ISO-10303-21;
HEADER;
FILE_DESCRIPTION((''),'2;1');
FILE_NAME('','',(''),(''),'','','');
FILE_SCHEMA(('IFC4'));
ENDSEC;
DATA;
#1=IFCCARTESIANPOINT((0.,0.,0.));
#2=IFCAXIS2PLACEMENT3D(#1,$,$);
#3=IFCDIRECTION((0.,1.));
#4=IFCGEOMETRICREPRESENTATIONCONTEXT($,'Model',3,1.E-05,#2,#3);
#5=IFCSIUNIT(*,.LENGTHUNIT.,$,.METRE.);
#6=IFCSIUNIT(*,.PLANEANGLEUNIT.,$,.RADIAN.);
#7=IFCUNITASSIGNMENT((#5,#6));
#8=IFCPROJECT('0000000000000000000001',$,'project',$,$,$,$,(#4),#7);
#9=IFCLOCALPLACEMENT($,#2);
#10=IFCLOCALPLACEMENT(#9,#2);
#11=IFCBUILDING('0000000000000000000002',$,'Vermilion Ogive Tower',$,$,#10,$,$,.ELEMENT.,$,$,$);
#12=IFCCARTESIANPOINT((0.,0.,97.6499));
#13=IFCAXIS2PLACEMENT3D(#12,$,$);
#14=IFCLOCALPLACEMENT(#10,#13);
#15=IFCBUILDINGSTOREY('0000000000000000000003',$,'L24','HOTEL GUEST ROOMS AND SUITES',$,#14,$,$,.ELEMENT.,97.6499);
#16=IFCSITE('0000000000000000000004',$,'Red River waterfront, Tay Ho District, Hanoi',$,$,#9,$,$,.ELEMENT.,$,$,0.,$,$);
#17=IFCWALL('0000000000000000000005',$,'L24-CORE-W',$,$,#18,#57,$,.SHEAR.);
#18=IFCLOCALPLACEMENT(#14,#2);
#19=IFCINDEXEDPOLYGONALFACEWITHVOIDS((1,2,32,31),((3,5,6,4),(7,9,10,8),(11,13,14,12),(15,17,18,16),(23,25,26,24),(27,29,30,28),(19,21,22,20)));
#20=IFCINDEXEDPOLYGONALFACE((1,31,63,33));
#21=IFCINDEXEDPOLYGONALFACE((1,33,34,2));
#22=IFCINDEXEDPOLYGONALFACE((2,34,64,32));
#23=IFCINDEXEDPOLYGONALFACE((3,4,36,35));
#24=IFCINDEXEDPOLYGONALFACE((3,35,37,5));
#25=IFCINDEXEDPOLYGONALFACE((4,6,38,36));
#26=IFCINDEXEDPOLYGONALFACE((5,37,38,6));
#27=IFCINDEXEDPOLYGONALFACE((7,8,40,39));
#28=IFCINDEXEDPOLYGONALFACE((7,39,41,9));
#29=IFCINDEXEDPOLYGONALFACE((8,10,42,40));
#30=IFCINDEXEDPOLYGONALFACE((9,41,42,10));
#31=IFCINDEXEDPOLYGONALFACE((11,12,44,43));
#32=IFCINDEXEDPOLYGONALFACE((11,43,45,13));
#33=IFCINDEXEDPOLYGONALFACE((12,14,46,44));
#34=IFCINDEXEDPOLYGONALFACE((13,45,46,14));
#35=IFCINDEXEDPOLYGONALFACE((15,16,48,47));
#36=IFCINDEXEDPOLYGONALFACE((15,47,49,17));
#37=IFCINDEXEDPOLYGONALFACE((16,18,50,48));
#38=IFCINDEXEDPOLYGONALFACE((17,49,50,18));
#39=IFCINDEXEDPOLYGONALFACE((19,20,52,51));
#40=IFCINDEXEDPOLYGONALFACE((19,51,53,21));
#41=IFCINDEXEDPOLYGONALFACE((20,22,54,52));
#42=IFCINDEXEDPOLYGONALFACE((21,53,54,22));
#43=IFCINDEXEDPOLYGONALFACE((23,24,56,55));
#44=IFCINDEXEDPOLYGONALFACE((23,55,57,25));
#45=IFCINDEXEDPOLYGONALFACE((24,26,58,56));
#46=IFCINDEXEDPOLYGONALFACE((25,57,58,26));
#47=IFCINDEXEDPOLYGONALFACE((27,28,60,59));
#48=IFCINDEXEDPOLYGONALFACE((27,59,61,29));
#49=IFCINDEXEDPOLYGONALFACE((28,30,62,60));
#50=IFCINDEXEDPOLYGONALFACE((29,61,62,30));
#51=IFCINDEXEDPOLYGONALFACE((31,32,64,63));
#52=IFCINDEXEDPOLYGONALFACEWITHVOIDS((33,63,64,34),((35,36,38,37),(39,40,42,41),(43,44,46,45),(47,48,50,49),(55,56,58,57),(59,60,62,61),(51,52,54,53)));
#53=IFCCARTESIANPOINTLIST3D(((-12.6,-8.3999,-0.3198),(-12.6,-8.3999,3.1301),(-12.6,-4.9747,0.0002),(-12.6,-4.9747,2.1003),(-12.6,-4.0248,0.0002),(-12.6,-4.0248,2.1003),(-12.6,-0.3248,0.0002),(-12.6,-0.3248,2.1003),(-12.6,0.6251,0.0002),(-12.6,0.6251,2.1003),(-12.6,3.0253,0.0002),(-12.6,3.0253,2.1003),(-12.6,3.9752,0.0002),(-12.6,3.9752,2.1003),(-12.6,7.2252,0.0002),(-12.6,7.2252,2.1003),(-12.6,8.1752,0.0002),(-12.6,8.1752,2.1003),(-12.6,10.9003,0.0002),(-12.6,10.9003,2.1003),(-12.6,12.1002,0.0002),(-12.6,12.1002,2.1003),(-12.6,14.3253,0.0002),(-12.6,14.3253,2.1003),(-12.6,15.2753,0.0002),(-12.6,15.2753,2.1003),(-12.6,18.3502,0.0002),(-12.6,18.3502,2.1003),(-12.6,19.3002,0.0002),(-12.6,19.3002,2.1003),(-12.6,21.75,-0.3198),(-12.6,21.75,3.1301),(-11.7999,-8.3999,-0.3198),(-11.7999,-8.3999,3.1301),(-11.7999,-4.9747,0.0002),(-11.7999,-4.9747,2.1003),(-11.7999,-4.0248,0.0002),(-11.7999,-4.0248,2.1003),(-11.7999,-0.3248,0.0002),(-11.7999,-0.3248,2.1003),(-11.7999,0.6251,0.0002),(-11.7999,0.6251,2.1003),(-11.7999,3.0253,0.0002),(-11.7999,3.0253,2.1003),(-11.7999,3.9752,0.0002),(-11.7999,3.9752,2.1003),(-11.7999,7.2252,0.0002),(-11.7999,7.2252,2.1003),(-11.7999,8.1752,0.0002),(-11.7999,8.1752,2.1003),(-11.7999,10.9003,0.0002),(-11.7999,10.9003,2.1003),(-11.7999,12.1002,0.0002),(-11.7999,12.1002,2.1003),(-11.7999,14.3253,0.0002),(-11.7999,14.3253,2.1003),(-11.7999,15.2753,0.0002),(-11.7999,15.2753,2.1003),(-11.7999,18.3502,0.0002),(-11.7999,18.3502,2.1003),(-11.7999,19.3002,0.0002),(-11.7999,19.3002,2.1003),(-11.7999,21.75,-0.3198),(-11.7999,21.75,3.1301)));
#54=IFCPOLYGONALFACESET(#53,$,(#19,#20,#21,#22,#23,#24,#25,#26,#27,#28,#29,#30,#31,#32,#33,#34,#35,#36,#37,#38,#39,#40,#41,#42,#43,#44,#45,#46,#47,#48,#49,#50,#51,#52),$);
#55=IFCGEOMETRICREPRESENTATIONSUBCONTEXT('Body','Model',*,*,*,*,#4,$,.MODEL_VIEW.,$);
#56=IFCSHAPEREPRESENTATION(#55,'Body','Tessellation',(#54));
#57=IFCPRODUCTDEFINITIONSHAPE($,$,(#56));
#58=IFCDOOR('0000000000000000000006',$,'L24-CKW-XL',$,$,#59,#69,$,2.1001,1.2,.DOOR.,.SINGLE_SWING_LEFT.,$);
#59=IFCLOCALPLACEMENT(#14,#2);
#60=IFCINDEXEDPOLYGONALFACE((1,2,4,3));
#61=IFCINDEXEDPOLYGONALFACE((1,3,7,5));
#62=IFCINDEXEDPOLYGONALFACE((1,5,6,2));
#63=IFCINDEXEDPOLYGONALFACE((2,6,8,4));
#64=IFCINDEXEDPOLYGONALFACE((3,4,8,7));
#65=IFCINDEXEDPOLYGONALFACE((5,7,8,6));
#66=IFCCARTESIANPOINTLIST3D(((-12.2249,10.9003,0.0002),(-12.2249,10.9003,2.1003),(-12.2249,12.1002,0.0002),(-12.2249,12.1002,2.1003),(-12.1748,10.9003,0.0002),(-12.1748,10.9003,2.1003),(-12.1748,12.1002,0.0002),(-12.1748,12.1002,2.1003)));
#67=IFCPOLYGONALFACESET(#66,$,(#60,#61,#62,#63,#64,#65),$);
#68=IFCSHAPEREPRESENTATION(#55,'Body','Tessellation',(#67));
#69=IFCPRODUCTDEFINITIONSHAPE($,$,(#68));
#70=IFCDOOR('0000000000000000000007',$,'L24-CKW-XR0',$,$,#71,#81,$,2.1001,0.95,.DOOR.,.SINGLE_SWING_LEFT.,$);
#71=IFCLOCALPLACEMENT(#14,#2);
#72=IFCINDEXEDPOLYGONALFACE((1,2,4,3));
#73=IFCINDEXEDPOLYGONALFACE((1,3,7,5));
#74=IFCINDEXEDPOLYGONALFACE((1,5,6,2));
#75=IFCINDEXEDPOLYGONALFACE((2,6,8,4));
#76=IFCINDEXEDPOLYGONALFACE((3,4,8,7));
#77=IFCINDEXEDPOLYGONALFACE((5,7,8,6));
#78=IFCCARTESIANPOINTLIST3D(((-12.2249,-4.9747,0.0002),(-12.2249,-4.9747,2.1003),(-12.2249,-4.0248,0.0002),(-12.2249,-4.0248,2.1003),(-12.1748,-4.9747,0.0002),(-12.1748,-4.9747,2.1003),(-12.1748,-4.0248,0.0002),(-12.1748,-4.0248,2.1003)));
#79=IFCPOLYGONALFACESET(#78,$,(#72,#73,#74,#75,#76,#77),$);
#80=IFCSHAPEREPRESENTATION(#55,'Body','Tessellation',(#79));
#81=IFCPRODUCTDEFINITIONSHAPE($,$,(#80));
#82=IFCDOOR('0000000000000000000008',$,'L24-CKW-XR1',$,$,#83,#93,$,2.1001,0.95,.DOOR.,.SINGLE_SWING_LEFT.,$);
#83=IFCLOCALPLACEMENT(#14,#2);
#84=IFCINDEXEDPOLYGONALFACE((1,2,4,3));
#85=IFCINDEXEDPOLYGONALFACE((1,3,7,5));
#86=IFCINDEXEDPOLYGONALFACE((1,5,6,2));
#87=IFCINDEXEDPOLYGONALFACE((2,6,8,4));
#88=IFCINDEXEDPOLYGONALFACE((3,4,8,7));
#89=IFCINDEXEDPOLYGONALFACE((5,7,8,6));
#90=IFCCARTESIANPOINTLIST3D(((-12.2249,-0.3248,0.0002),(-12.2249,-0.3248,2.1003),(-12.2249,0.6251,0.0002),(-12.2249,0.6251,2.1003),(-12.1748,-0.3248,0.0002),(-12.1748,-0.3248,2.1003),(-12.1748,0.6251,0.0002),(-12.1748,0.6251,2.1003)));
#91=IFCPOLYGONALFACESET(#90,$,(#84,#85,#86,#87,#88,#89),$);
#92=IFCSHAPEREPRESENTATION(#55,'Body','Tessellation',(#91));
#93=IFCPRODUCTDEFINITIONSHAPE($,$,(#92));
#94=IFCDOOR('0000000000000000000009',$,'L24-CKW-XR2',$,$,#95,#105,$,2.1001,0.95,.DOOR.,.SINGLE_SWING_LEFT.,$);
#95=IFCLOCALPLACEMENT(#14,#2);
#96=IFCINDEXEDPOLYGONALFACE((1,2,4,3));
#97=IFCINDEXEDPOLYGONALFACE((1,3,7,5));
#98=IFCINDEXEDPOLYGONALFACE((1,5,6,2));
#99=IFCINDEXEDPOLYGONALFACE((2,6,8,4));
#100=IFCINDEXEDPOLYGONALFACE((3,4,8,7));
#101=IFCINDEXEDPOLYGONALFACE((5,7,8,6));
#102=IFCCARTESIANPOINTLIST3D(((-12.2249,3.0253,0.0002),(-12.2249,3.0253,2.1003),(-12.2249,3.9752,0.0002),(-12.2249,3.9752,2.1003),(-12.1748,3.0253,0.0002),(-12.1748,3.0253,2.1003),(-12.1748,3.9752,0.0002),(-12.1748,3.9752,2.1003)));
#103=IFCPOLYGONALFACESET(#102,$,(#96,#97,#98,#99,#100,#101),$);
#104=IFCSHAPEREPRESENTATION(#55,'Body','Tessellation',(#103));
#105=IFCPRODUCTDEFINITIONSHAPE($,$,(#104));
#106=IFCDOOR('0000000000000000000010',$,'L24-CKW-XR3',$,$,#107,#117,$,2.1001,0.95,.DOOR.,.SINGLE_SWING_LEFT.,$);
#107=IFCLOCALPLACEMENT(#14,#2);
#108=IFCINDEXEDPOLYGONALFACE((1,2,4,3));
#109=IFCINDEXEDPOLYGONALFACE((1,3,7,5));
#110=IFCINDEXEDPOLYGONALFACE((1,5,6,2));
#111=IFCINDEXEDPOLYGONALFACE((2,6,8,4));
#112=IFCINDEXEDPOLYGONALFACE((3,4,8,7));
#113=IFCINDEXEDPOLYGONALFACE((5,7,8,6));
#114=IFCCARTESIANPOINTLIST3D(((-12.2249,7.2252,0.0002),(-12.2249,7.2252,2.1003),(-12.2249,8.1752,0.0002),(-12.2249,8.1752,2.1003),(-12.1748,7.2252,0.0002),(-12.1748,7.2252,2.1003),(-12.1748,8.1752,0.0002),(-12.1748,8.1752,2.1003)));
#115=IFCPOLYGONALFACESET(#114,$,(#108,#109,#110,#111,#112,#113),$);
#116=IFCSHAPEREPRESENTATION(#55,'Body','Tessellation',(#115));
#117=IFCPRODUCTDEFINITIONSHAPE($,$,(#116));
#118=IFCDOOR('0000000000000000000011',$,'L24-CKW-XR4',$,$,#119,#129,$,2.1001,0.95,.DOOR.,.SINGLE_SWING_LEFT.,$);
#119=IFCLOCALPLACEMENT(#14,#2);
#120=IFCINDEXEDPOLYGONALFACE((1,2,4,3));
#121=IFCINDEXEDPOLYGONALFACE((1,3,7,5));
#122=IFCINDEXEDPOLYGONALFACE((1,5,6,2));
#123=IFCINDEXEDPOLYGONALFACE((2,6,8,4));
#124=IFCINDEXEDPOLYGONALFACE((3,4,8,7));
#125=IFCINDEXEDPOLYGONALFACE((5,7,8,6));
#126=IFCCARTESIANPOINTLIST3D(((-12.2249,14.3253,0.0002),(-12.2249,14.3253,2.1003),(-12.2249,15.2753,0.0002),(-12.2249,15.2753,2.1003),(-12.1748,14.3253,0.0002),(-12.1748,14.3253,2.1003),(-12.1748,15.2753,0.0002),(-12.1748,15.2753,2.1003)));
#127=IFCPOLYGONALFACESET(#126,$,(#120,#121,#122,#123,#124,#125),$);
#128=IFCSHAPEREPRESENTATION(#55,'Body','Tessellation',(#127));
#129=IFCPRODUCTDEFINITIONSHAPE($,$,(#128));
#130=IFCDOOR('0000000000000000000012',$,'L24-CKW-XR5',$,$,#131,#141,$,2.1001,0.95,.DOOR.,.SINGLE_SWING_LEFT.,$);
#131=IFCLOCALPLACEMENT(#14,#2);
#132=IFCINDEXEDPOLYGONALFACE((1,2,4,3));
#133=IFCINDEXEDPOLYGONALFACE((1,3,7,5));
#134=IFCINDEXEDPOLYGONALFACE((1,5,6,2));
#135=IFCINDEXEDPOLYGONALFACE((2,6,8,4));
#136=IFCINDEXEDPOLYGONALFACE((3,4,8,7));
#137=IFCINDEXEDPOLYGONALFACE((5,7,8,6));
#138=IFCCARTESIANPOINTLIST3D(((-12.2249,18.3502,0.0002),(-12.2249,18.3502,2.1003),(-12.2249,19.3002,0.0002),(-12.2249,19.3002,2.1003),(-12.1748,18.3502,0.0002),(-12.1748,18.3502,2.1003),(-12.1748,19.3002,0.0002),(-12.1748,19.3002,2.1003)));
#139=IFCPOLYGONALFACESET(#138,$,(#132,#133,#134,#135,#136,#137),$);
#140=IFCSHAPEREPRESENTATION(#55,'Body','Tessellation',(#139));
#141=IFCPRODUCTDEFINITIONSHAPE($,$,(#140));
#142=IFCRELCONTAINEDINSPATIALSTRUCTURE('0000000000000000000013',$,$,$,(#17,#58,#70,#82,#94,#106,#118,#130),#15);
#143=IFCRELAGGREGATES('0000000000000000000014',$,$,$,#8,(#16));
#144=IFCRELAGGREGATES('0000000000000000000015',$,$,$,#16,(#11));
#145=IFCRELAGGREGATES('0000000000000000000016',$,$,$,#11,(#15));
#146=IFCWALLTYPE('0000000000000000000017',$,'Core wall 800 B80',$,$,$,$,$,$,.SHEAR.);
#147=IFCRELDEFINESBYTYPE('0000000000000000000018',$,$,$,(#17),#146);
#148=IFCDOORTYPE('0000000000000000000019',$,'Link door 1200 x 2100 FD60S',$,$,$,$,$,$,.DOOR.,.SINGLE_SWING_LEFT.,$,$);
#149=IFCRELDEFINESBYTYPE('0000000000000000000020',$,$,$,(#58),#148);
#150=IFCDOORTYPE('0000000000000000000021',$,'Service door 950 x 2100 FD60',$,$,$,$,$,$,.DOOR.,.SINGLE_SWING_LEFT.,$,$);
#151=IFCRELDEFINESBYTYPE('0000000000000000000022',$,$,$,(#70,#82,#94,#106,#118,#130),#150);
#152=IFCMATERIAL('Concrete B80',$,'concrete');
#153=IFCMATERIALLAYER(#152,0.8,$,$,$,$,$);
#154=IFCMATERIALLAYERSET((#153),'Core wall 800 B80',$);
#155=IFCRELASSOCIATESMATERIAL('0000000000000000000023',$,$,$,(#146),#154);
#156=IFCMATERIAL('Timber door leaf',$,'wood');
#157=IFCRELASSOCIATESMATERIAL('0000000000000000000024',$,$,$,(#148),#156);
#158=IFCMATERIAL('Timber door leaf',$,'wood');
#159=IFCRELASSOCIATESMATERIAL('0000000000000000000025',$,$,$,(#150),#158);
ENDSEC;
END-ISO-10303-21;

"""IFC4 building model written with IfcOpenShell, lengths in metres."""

from ifc_helpers import new_model, si_unit, direction, frame, frame_2d, origin, place, context, subcontext, project, spatial, rectangle, extrude, material, layer, layer_set, type_object, element, fill, save


model = new_model("IFC4")

# Units and contexts
model_context = context("Model", 3, precision=1e-05, world=origin(), true_north=direction((0.0, 1.0)))
body_context = subcontext(model_context, "Body", "Model", "MODEL_VIEW")
ifc_project = project(units=[si_unit("LENGTHUNIT", "METRE"), si_unit("PLANEANGLEUNIT", "RADIAN")], contexts=[model_context])

# Site, building, storey
site_placement = place(None, origin())
site = spatial("IfcSite", under=ifc_project, at=site_placement, Name="Red River waterfront, Tay Ho District, Hanoi", CompositionType="ELEMENT", RefElevation=0.0)
building_placement = place(site_placement, origin())
building = spatial("IfcBuilding", under=site, at=building_placement, Name="Vermilion Ogive Tower", CompositionType="ELEMENT")
storey_placement = place(building_placement, frame((0.0, 0.0, 97.6499)))
storey = spatial("IfcBuildingStorey", under=building, at=storey_placement, Name="L24", Description="HOTEL GUEST ROOMS AND SUITES", CompositionType="ELEMENT", Elevation=97.6499)

# Wall, openings, doors
ifc_material_1 = material(Name="Concrete B80", Category="concrete")
ifc_layer_1 = layer(ifc_material_1, 0.8)
ifc_layer_set_1 = layer_set([ifc_layer_1], Name="Core wall 800 B80")
wall_type_1 = type_object("IfcWallType", Name="Core wall 800 B80", PredefinedType="SHEAR", material=ifc_layer_set_1)
wall_1_placement = place(storey_placement, frame((-12.2, -8.3999, -0.3198), z_axis=(0.0, 0.0, 1.0), x_axis=(0.0, 1.0, 0.0)))
wall_1 = element("IfcWall", 1, at=wall_1_placement, inside=storey, type_object=wall_type_1, Name="L24-CORE-W", PredefinedType="SHEAR", context=body_context, shape_type="SweptSolid", body=[
    extrude(rectangle(XDim=30.1499, YDim=0.8, at=frame_2d((15.075, 0.0))), origin(), (0.0, 0.0, 1.0), 3.45),
])
opening_1_placement = place(wall_1_placement, frame((3.425, 0.0, 0.3201)))
opening_1 = element("IfcOpeningElement", 2, at=opening_1_placement, cuts=wall_1, PredefinedType="OPENING", context=body_context, shape_type="SweptSolid", body=[
    extrude(rectangle(XDim=0.95, YDim=2.1001, at=frame_2d((0.4751, 1.05))), frame((0.0, 0.4099, 0.0), z_axis=(0.0, -1.0, 0.0), x_axis=(1.0, 0.0, 0.0)), (0.0, 0.0, 1.0), 0.8201),
])
opening_2_placement = place(wall_1_placement, frame((8.075, 0.0, 0.3201)))
opening_2 = element("IfcOpeningElement", 3, at=opening_2_placement, cuts=wall_1, PredefinedType="OPENING", context=body_context, shape_type="SweptSolid", body=[
    extrude(rectangle(XDim=0.95, YDim=2.1001, at=frame_2d((0.4751, 1.05))), frame((0.0, 0.4099, 0.0), z_axis=(0.0, -1.0, 0.0), x_axis=(1.0, 0.0, 0.0)), (0.0, 0.0, 1.0), 0.8201),
])
opening_3_placement = place(wall_1_placement, frame((11.425, 0.0, 0.3201)))
opening_3 = element("IfcOpeningElement", 4, at=opening_3_placement, cuts=wall_1, PredefinedType="OPENING", context=body_context, shape_type="SweptSolid", body=[
    extrude(rectangle(XDim=0.95, YDim=2.1001, at=frame_2d((0.4751, 1.05))), frame((0.0, 0.4099, 0.0), z_axis=(0.0, -1.0, 0.0), x_axis=(1.0, 0.0, 0.0)), (0.0, 0.0, 1.0), 0.8201),
])
opening_4_placement = place(wall_1_placement, frame((15.625, 0.0, 0.3201)))
opening_4 = element("IfcOpeningElement", 5, at=opening_4_placement, cuts=wall_1, PredefinedType="OPENING", context=body_context, shape_type="SweptSolid", body=[
    extrude(rectangle(XDim=0.95, YDim=2.1001, at=frame_2d((0.4751, 1.05))), frame((0.0, 0.4099, 0.0), z_axis=(0.0, -1.0, 0.0), x_axis=(1.0, 0.0, 0.0)), (0.0, 0.0, 1.0), 0.8201),
])
opening_5_placement = place(wall_1_placement, frame((22.7251, 0.0, 0.3201)))
opening_5 = element("IfcOpeningElement", 6, at=opening_5_placement, cuts=wall_1, PredefinedType="OPENING", context=body_context, shape_type="SweptSolid", body=[
    extrude(rectangle(XDim=0.95, YDim=2.1001, at=frame_2d((0.4751, 1.05))), frame((0.0, 0.4099, 0.0), z_axis=(0.0, -1.0, 0.0), x_axis=(1.0, 0.0, 0.0)), (0.0, 0.0, 1.0), 0.8201),
])
opening_6_placement = place(wall_1_placement, frame((26.75, 0.0, 0.3201)))
opening_6 = element("IfcOpeningElement", 7, at=opening_6_placement, cuts=wall_1, PredefinedType="OPENING", context=body_context, shape_type="SweptSolid", body=[
    extrude(rectangle(XDim=0.95, YDim=2.1001, at=frame_2d((0.4751, 1.05))), frame((0.0, 0.4099, 0.0), z_axis=(0.0, -1.0, 0.0), x_axis=(1.0, 0.0, 0.0)), (0.0, 0.0, 1.0), 0.8201),
])
opening_7_placement = place(wall_1_placement, frame((19.3, 0.0, 0.3201)))
opening_7 = element("IfcOpeningElement", 8, at=opening_7_placement, cuts=wall_1, PredefinedType="OPENING", context=body_context, shape_type="SweptSolid", body=[
    extrude(rectangle(XDim=1.2, YDim=2.1001, at=frame_2d((0.6001, 1.05))), frame((0.0, 0.4099, 0.0), z_axis=(0.0, -1.0, 0.0), x_axis=(1.0, 0.0, 0.0)), (0.0, 0.0, 1.0), 0.8201),
])
ifc_material_2 = material(Name="Timber door leaf", Category="wood")
door_type_1 = type_object("IfcDoorType", Name="Link door 1200 x 2100 FD60S", OperationType="SINGLE_SWING_LEFT", PredefinedType="DOOR", material=ifc_material_2)
door_1_placement = place(opening_7_placement, origin())
door_1 = element("IfcDoor", 9, at=door_1_placement, inside=storey, type_object=door_type_1, Name="L24-CKW-XL", OperationType="SINGLE_SWING_LEFT", OverallHeight=2.1001, OverallWidth=1.2, PredefinedType="DOOR", context=body_context, shape_type="SweptSolid", body=[
    extrude(rectangle(XDim=1.2, YDim=2.1001, at=frame_2d((0.6001, 1.05))), frame((0.0, 0.0249, 0.0), z_axis=(0.0, -1.0, 0.0), x_axis=(1.0, 0.0, 0.0)), (0.0, 0.0, 1.0), 0.05),
])
fill(opening_7, door_1)
ifc_material_3 = material(Name="Timber door leaf", Category="wood")
door_type_2 = type_object("IfcDoorType", Name="Service door 950 x 2100 FD60", OperationType="SINGLE_SWING_LEFT", PredefinedType="DOOR", material=ifc_material_3)
door_2_placement = place(opening_1_placement, origin())
door_2 = element("IfcDoor", 10, at=door_2_placement, inside=storey, type_object=door_type_2, Name="L24-CKW-XR0", OperationType="SINGLE_SWING_LEFT", OverallHeight=2.1001, OverallWidth=0.95, PredefinedType="DOOR", context=body_context, shape_type="SweptSolid", body=[
    extrude(rectangle(XDim=0.95, YDim=2.1001, at=frame_2d((0.4751, 1.05))), frame((0.0, 0.0249, 0.0), z_axis=(0.0, -1.0, 0.0), x_axis=(1.0, 0.0, 0.0)), (0.0, 0.0, 1.0), 0.05),
])
fill(opening_1, door_2)
door_3_placement = place(opening_2_placement, origin())
door_3 = element("IfcDoor", 11, at=door_3_placement, inside=storey, type_object=door_type_2, Name="L24-CKW-XR1", OperationType="SINGLE_SWING_LEFT", OverallHeight=2.1001, OverallWidth=0.95, PredefinedType="DOOR", context=body_context, shape_type="SweptSolid", body=[
    extrude(rectangle(XDim=0.95, YDim=2.1001, at=frame_2d((0.4751, 1.05))), frame((0.0, 0.0249, 0.0), z_axis=(0.0, -1.0, 0.0), x_axis=(1.0, 0.0, 0.0)), (0.0, 0.0, 1.0), 0.05),
])
fill(opening_2, door_3)
door_4_placement = place(opening_3_placement, origin())
door_4 = element("IfcDoor", 12, at=door_4_placement, inside=storey, type_object=door_type_2, Name="L24-CKW-XR2", OperationType="SINGLE_SWING_LEFT", OverallHeight=2.1001, OverallWidth=0.95, PredefinedType="DOOR", context=body_context, shape_type="SweptSolid", body=[
    extrude(rectangle(XDim=0.95, YDim=2.1001, at=frame_2d((0.4751, 1.05))), frame((0.0, 0.0249, 0.0), z_axis=(0.0, -1.0, 0.0), x_axis=(1.0, 0.0, 0.0)), (0.0, 0.0, 1.0), 0.05),
])
fill(opening_3, door_4)
door_5_placement = place(opening_4_placement, origin())
door_5 = element("IfcDoor", 13, at=door_5_placement, inside=storey, type_object=door_type_2, Name="L24-CKW-XR3", OperationType="SINGLE_SWING_LEFT", OverallHeight=2.1001, OverallWidth=0.95, PredefinedType="DOOR", context=body_context, shape_type="SweptSolid", body=[
    extrude(rectangle(XDim=0.95, YDim=2.1001, at=frame_2d((0.4751, 1.05))), frame((0.0, 0.0249, 0.0), z_axis=(0.0, -1.0, 0.0), x_axis=(1.0, 0.0, 0.0)), (0.0, 0.0, 1.0), 0.05),
])
fill(opening_4, door_5)
door_6_placement = place(opening_5_placement, origin())
door_6 = element("IfcDoor", 14, at=door_6_placement, inside=storey, type_object=door_type_2, Name="L24-CKW-XR4", OperationType="SINGLE_SWING_LEFT", OverallHeight=2.1001, OverallWidth=0.95, PredefinedType="DOOR", context=body_context, shape_type="SweptSolid", body=[
    extrude(rectangle(XDim=0.95, YDim=2.1001, at=frame_2d((0.4751, 1.05))), frame((0.0, 0.0249, 0.0), z_axis=(0.0, -1.0, 0.0), x_axis=(1.0, 0.0, 0.0)), (0.0, 0.0, 1.0), 0.05),
])
fill(opening_5, door_6)
door_7_placement = place(opening_6_placement, origin())
door_7 = element("IfcDoor", 15, at=door_7_placement, inside=storey, type_object=door_type_2, Name="L24-CKW-XR5", OperationType="SINGLE_SWING_LEFT", OverallHeight=2.1001, OverallWidth=0.95, PredefinedType="DOOR", context=body_context, shape_type="SweptSolid", body=[
    extrude(rectangle(XDim=0.95, YDim=2.1001, at=frame_2d((0.4751, 1.05))), frame((0.0, 0.0249, 0.0), z_axis=(0.0, -1.0, 0.0), x_axis=(1.0, 0.0, 0.0)), (0.0, 0.0, 1.0), 0.05),
])
fill(opening_6, door_7)

save(model, "model.ifc")
